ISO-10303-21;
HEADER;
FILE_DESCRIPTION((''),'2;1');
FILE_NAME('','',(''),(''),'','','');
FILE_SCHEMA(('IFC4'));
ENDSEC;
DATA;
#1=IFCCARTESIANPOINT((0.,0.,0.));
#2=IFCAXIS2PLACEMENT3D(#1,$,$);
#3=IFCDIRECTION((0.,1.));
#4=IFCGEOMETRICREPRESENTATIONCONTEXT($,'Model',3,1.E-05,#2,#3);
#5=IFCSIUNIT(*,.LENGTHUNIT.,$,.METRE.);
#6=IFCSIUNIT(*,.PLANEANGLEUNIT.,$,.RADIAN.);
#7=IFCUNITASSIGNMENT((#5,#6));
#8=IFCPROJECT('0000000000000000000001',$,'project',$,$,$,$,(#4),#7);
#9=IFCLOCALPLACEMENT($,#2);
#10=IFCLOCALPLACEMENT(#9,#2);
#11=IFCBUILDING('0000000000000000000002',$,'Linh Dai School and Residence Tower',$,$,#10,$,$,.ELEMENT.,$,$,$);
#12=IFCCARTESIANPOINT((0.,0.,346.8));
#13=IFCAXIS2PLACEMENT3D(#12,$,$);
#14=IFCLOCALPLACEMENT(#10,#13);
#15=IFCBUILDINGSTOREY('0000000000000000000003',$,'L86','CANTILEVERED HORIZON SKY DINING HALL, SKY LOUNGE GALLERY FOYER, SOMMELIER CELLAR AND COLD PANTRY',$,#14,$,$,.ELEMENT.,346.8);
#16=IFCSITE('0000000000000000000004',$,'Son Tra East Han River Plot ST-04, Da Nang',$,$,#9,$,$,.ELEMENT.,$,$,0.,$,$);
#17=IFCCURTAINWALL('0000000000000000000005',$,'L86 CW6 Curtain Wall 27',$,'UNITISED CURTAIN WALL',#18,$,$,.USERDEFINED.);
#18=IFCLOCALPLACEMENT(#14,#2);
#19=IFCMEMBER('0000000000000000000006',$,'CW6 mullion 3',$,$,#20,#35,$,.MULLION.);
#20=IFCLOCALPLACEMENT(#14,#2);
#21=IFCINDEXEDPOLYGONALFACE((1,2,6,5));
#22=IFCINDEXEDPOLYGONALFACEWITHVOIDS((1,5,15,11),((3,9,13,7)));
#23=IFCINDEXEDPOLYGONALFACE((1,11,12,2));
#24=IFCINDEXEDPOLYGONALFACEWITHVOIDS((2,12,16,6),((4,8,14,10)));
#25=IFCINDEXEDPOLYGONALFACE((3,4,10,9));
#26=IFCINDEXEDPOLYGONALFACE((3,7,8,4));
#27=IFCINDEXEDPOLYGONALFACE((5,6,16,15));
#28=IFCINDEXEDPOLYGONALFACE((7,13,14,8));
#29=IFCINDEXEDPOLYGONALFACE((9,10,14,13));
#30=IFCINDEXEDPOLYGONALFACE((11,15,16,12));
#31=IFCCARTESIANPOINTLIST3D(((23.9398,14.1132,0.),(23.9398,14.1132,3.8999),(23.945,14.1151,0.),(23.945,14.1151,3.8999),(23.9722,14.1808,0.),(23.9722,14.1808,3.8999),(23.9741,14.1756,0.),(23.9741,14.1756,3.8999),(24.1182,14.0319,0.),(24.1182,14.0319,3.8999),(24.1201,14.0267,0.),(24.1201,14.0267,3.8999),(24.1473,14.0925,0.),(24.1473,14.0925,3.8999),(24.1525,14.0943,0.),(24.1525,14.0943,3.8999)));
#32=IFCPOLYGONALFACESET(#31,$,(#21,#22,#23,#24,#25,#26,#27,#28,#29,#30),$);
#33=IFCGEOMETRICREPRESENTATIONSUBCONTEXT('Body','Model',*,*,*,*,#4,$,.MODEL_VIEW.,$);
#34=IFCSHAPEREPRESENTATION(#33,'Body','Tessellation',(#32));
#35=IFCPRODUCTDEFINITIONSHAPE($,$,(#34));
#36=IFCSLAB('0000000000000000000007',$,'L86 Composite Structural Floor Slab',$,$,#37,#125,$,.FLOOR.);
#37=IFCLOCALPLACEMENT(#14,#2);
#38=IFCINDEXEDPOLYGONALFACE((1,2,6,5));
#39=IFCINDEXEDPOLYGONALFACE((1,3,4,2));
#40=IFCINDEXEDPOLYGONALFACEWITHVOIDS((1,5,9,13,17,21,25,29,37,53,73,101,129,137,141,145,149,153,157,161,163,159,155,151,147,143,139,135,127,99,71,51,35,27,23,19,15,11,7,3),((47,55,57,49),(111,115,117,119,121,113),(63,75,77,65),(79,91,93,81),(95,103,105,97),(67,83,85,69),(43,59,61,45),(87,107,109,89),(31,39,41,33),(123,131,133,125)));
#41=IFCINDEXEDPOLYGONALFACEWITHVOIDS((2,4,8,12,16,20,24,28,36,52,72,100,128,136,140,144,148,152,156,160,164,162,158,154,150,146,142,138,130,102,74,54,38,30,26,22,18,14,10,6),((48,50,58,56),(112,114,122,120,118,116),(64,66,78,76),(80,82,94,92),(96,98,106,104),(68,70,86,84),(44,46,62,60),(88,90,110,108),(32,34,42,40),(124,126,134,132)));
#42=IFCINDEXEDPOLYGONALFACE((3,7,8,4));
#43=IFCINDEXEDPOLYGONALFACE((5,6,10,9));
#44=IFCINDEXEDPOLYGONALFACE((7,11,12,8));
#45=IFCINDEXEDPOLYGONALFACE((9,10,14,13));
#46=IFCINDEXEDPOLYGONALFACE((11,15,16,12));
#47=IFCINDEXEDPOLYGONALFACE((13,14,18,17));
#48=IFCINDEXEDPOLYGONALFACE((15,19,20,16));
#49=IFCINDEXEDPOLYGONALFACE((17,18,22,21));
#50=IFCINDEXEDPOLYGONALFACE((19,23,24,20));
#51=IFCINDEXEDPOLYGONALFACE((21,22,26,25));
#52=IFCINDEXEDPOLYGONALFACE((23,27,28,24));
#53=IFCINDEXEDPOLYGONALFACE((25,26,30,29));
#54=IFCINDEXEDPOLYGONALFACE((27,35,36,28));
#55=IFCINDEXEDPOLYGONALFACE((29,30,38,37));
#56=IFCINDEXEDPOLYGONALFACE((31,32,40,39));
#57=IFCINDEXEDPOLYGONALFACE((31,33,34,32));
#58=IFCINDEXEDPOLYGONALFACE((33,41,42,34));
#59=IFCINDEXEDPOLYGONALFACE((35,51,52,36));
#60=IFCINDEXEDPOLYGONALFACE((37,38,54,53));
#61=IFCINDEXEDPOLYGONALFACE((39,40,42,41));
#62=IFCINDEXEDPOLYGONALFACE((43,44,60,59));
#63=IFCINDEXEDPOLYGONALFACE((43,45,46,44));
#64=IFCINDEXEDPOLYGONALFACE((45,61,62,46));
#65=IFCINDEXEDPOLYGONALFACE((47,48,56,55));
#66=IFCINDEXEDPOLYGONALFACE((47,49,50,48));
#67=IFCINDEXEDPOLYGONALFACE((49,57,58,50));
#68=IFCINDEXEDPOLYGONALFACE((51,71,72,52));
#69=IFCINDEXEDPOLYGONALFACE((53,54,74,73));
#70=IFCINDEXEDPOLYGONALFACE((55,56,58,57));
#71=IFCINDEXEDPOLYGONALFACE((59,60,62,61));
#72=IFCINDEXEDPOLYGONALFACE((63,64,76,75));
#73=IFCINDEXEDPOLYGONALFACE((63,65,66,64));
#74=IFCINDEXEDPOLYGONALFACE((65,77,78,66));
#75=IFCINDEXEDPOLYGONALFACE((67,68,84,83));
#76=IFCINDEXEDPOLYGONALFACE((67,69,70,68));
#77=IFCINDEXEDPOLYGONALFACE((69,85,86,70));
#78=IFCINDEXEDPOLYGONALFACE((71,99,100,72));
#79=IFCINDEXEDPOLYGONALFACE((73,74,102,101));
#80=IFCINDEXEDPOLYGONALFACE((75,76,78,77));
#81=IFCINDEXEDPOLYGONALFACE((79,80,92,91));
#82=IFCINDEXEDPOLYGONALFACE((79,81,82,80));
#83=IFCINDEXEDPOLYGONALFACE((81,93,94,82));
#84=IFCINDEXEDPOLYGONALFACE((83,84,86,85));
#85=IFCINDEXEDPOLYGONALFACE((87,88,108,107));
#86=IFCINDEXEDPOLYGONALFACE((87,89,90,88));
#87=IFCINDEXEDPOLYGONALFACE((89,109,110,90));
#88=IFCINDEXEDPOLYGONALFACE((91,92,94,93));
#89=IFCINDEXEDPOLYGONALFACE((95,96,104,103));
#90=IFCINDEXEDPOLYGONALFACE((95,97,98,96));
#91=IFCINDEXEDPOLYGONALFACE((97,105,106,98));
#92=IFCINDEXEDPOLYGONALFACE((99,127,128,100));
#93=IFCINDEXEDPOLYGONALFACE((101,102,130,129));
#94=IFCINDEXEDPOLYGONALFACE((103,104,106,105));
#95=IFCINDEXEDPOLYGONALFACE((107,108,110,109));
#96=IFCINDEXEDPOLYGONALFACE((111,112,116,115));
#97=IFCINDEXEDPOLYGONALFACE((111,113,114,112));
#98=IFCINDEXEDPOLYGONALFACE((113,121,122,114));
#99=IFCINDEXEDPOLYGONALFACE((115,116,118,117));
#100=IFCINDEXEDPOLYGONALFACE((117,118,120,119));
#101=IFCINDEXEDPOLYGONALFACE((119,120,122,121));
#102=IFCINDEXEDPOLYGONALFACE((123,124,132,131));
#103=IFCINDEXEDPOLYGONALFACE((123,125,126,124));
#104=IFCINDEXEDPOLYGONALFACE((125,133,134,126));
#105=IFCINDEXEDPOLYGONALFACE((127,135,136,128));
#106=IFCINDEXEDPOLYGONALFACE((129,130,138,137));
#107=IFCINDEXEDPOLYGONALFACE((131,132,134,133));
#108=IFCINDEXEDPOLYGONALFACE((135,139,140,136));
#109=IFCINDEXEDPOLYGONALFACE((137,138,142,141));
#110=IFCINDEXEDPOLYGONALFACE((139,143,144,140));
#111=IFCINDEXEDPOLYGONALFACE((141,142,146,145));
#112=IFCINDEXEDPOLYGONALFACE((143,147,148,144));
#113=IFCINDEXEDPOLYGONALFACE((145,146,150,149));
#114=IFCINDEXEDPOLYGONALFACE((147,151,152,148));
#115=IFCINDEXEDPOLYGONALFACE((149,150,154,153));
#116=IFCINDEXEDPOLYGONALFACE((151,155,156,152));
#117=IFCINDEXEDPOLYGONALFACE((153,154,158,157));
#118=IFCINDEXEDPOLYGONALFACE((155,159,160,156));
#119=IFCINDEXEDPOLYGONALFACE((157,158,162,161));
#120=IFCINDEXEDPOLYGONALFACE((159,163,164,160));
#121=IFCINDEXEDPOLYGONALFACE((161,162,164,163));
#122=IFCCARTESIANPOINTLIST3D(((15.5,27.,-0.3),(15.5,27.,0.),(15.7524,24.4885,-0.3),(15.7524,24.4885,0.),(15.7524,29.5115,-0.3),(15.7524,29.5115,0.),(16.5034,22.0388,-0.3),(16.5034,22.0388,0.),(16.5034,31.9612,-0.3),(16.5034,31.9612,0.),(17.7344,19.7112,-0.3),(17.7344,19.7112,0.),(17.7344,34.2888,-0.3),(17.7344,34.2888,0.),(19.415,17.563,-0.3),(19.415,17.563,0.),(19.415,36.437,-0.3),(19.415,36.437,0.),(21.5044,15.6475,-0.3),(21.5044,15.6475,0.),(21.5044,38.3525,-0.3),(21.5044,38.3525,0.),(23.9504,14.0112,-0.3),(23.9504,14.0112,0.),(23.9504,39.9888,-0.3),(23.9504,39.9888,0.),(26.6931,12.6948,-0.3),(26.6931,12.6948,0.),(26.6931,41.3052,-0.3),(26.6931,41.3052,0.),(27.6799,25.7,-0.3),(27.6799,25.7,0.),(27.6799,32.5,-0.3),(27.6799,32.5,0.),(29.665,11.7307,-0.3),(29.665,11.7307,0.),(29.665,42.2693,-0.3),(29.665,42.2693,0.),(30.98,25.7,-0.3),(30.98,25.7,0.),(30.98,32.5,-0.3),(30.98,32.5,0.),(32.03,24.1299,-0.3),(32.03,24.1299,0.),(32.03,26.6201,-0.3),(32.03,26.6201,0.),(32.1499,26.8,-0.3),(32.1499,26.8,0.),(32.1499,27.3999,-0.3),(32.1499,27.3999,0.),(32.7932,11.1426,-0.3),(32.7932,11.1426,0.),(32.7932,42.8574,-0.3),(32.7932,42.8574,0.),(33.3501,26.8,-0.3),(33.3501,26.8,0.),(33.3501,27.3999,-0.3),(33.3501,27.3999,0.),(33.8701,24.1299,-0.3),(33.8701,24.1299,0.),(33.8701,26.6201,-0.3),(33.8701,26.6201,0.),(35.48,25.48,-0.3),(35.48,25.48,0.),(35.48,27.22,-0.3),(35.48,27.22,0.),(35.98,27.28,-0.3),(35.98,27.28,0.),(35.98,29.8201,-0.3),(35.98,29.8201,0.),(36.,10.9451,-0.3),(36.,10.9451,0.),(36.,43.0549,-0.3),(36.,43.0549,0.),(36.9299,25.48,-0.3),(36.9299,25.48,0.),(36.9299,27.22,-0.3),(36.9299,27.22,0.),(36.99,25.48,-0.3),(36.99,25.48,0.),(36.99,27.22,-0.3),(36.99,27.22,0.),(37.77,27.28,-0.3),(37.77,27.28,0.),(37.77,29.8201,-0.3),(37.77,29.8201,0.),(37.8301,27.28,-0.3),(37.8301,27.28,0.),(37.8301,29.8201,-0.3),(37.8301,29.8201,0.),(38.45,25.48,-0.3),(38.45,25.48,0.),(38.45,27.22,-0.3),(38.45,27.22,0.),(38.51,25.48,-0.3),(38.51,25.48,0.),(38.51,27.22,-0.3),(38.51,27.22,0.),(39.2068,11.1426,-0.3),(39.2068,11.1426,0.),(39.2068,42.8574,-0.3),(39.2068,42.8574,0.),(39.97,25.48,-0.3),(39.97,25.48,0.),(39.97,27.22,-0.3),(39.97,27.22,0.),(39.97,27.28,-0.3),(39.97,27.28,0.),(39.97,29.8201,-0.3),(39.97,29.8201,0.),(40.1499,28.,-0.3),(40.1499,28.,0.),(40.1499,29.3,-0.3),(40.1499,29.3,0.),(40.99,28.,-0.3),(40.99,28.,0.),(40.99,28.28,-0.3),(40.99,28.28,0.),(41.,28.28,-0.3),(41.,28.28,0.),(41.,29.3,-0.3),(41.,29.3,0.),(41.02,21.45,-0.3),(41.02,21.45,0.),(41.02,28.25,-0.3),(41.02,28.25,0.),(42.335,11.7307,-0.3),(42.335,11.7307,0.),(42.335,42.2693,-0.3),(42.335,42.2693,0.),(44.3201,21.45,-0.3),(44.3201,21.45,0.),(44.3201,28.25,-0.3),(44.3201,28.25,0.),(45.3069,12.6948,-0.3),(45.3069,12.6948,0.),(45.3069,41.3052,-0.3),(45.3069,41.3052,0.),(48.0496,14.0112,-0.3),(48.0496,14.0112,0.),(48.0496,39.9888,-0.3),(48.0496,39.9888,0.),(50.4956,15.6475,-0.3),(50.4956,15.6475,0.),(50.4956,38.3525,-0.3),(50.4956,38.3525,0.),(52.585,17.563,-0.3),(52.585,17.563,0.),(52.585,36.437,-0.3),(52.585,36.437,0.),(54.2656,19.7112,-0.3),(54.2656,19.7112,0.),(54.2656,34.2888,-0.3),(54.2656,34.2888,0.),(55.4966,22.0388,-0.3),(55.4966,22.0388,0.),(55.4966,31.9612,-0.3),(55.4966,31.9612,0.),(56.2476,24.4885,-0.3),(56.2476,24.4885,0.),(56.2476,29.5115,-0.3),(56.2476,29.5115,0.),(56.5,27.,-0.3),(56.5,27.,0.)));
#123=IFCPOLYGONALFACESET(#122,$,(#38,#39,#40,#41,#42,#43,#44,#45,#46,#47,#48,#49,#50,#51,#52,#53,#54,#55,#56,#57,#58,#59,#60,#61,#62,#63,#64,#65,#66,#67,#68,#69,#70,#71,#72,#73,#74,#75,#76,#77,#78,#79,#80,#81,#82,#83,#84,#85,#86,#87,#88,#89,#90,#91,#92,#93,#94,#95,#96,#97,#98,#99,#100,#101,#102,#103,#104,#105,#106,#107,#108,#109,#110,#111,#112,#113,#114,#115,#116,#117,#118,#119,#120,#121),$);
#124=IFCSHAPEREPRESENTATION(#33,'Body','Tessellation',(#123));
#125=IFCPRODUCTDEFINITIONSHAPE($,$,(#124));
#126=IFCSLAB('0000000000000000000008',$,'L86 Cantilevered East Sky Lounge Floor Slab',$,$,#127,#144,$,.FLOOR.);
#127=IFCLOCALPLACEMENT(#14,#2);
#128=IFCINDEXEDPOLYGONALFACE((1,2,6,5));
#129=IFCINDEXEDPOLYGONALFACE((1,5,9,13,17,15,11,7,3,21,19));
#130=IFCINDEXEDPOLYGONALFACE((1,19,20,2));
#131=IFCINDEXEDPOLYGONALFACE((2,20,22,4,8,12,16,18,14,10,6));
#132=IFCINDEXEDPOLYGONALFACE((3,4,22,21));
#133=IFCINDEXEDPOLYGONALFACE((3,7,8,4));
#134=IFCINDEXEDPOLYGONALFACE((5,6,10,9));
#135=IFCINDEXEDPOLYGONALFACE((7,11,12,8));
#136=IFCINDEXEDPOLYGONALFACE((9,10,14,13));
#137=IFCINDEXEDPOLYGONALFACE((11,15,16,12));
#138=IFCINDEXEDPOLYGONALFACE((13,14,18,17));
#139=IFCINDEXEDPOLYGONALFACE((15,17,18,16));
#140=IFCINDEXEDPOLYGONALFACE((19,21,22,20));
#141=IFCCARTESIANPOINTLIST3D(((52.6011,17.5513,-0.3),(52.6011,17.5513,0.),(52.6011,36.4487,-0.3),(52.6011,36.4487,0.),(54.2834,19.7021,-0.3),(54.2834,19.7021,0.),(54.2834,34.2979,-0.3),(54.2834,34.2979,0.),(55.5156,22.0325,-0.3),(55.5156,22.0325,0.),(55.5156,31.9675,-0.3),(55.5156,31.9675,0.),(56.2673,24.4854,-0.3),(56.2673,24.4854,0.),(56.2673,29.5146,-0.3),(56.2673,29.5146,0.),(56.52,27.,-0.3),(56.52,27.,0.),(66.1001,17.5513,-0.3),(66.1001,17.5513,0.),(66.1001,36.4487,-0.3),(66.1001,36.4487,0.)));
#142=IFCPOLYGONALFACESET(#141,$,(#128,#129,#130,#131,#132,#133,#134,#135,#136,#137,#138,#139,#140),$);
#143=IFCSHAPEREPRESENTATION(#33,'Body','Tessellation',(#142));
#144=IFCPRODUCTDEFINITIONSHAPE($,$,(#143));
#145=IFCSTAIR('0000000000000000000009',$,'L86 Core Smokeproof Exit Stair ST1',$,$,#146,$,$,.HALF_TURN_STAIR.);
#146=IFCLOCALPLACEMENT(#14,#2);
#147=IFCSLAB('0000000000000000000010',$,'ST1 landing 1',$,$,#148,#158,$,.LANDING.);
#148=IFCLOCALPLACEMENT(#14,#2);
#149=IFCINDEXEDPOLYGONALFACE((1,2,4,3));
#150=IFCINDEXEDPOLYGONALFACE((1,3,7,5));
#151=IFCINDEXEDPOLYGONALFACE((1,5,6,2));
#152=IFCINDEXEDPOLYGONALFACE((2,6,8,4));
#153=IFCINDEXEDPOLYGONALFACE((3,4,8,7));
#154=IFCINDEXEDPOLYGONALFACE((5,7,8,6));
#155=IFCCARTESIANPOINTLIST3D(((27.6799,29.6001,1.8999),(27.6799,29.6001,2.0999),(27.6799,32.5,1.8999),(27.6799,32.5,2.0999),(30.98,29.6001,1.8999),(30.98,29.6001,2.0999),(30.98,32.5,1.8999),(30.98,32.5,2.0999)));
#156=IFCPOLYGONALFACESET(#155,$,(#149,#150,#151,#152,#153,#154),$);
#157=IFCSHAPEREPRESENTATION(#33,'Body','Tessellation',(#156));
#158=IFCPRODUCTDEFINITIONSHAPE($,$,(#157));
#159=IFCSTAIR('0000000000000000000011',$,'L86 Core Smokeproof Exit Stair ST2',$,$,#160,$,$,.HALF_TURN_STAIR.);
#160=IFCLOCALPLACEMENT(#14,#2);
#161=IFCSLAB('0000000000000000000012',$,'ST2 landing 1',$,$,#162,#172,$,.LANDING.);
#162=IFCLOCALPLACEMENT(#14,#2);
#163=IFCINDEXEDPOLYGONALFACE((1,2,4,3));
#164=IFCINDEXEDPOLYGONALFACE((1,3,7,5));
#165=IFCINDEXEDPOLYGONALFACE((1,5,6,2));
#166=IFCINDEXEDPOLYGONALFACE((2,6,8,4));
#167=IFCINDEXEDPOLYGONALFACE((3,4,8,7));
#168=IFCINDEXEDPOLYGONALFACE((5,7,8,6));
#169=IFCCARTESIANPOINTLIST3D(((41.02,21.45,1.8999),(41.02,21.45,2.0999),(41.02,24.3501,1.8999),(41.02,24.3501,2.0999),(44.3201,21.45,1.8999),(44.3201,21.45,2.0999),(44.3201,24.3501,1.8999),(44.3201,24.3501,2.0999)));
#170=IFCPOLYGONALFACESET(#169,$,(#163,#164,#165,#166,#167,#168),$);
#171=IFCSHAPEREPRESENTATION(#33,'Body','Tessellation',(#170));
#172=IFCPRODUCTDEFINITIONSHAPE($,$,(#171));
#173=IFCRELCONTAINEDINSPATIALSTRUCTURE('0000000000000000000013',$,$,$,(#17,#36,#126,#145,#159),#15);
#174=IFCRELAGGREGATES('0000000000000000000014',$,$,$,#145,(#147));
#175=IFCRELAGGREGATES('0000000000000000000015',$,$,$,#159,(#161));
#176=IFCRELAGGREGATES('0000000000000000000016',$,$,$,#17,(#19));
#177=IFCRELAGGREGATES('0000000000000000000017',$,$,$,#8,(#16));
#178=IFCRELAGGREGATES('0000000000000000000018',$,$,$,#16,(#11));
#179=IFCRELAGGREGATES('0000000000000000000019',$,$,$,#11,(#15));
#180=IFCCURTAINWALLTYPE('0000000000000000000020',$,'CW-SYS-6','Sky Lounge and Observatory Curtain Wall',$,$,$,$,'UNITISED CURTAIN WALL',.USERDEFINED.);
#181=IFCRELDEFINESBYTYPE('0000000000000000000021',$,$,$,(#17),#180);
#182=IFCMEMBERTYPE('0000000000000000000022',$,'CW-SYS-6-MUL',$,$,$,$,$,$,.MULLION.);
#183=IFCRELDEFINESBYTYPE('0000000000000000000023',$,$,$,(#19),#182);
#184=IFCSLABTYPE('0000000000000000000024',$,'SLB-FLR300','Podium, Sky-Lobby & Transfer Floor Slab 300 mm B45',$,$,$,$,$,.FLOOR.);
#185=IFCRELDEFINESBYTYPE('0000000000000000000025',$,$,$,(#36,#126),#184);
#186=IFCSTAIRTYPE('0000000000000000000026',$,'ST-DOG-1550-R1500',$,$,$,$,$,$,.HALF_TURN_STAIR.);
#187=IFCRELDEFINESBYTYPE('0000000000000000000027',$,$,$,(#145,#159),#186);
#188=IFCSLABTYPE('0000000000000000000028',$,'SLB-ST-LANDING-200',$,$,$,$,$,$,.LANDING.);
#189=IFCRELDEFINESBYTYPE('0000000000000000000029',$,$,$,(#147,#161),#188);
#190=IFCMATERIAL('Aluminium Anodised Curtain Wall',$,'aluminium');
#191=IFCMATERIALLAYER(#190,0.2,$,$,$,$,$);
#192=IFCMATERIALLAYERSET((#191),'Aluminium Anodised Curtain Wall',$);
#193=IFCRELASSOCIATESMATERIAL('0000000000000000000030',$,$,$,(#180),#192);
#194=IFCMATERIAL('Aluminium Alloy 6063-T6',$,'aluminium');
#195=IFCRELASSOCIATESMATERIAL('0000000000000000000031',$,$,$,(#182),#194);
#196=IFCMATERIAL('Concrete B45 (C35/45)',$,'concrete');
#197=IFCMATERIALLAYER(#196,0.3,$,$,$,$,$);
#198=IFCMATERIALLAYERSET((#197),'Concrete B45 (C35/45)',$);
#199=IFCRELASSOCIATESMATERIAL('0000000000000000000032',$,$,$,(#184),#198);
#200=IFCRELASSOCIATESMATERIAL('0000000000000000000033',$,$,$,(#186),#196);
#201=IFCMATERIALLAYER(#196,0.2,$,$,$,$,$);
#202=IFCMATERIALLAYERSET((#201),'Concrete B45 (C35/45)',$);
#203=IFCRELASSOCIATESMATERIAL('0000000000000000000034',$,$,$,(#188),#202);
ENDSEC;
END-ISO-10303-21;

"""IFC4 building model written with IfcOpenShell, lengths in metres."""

from ifc_helpers import new_model, si_unit, direction, frame, origin, origin_2d, place, context, subcontext, project, spatial, polyline, hollow_rectangle, outline, extrude, source, transform, mapped, material, layer, layer_set, material_profile, profile_set, type_object, element, aggregate, save


model = new_model("IFC4")

# Units and contexts
model_context = context("Model", 3, precision=1e-05, world=origin(), true_north=direction((0.0, 1.0)))
body_context = subcontext(model_context, "Body", "Model", "MODEL_VIEW")
ifc_project = project(units=[si_unit("LENGTHUNIT", "METRE"), si_unit("PLANEANGLEUNIT", "RADIAN")], contexts=[model_context])

# Site, building, storey
site_placement = place(None, origin())
site = spatial("IfcSite", under=ifc_project, at=site_placement, Name="Son Tra East Han River Plot ST-04, Da Nang", CompositionType="ELEMENT", RefElevation=0.0)
building_placement = place(site_placement, origin())
building = spatial("IfcBuilding", under=site, at=building_placement, Name="Linh Dai School and Residence Tower", CompositionType="ELEMENT")
storey_placement = place(building_placement, frame((0.0, 0.0, 346.8)))
storey = spatial("IfcBuildingStorey", under=building, at=storey_placement, Name="L86", Description="CANTILEVERED HORIZON SKY DINING HALL, SKY LOUNGE GALLERY FOYER, SOMMELIER CELLAR AND COLD PANTRY", CompositionType="ELEMENT", Elevation=346.8)

# Curtain wall, member
ifc_material_1 = material(Name="Aluminium Anodised Curtain Wall", Category="aluminium")
ifc_layer_1 = layer(ifc_material_1, 0.2)
ifc_layer_set_1 = layer_set([ifc_layer_1], Name="Aluminium Anodised Curtain Wall")
curtain_wall_type = type_object("IfcCurtainWallType", Name="CW-SYS-6", Description="Sky Lounge and Observatory Curtain Wall", ElementType="UNITISED CURTAIN WALL", PredefinedType="USERDEFINED", material=ifc_layer_set_1)
curtain_wall_placement = place(storey_placement, origin())
curtain_wall = element("IfcCurtainWall", 1, at=curtain_wall_placement, inside=storey, type_object=curtain_wall_type, Name="L86 CW6 Curtain Wall 27", ObjectType="UNITISED CURTAIN WALL", PredefinedType="USERDEFINED")
ifc_material_2 = material(Name="Aluminium Alloy 6063-T6", Category="aluminium")
ifc_material_profile = material_profile(ifc_material_2, hollow_rectangle(XDim=0.075, YDim=0.2, WallThickness=0.0039, at=origin_2d()), Name="RHS 200x75x4")
ifc_profile_set = profile_set([ifc_material_profile], Name="Aluminium Alloy 6063-T6")
member_type = type_object("IfcMemberType", Name="CW-SYS-6-MUL", PredefinedType="MULLION", material=ifc_profile_set)
shared_shape_1 = source(origin(), body_context, "Body", "SweptSolid", [
    extrude(hollow_rectangle(XDim=0.075, YDim=0.2, WallThickness=0.0039, at=origin_2d()), origin(), (0.0, 0.0, 1.0), 3.8999),
])
member_placement = place(storey_placement, frame((24.0461, 14.1038, 0.0), z_axis=(0.0, 0.0, 1.0), x_axis=(-0.432674, -0.901551, 0.0)))
member = element("IfcMember", 2, at=member_placement, type_object=member_type, Name="CW6 mullion 3", PredefinedType="MULLION", context=body_context, shape_type="MappedRepresentation", body=[
    mapped(shared_shape_1, transform((0.0, 0.0, 0.0), x_axis=(1.0, 0.0, 0.0), y_axis=(0.0, 1.0, 0.0), z_axis=(0.0, 0.0, 1.0), scale=1.0)),
])

# Slabs
ifc_material_3 = material(Name="Concrete B45 (C35/45)", Category="concrete")
ifc_layer_2 = layer(ifc_material_3, 0.3)
ifc_layer_set_2 = layer_set([ifc_layer_2], Name="Concrete B45 (C35/45)")
slab_type_1 = type_object("IfcSlabType", Name="SLB-FLR300", Description="Podium, Sky-Lobby & Transfer Floor Slab 300 mm B45", PredefinedType="FLOOR", material=ifc_layer_set_2)
slab_1_placement = place(storey_placement, frame((0.0, 0.0, -0.3)))
element("IfcSlab", 3, at=slab_1_placement, inside=storey, type_object=slab_type_1, Name="L86 Composite Structural Floor Slab", PredefinedType="FLOOR", context=body_context, shape_type="SweptSolid", body=[
    extrude(outline(polyline([(56.5, 27.0), (56.2476, 29.5115), (55.4966, 31.9612), (54.2656, 34.2888), (52.585, 36.437), (50.4956, 38.3525), (48.0496, 39.9888), (45.3069, 41.3052), (42.335, 42.2693), (39.2068, 42.8574), (36.0, 43.0549), (32.7932, 42.8574), (29.665, 42.2693), (26.6931, 41.3052), (23.9504, 39.9888), (21.5044, 38.3525), (19.415, 36.437), (17.7344, 34.2888), (16.5034, 31.9612), (15.7524, 29.5115), (15.5, 27.0), (15.7524, 24.4885), (16.5034, 22.0388), (17.7344, 19.7112), (19.415, 17.563), (21.5044, 15.6475), (23.9504, 14.0112), (26.6931, 12.6948), (29.665, 11.7307), (32.7932, 11.1426), (36.0, 10.9451), (39.2068, 11.1426), (42.335, 11.7307), (45.3069, 12.6948), (48.0496, 14.0112), (50.4956, 15.6475), (52.585, 17.563), (54.2656, 19.7112), (55.4966, 22.0388), (56.2476, 24.4885), (56.5, 27.0)]), holes=[polyline([(30.98, 25.7), (30.98, 32.5), (27.6799, 32.5), (27.6799, 25.7), (30.98, 25.7)]), polyline([(41.02, 28.25), (41.02, 21.45), (44.3201, 21.45), (44.3201, 28.25), (41.02, 28.25)]), polyline([(35.98, 27.28), (37.77, 27.28), (37.77, 29.8201), (35.98, 29.8201), (35.98, 27.28)]), polyline([(32.03, 24.1299), (33.8701, 24.1299), (33.8701, 26.6201), (32.03, 26.6201), (32.03, 24.1299)]), polyline([(37.8301, 27.28), (39.97, 27.28), (39.97, 29.8201), (37.8301, 29.8201), (37.8301, 27.28)]), polyline([(35.48, 25.48), (36.9299, 25.48), (36.9299, 27.22), (35.48, 27.22), (35.48, 25.48)]), polyline([(36.99, 25.48), (38.45, 25.48), (38.45, 27.22), (36.99, 27.22), (36.99, 25.48)]), polyline([(38.51, 25.48), (39.97, 25.48), (39.97, 27.22), (38.51, 27.22), (38.51, 25.48)]), polyline([(40.1499, 28.0), (40.1499, 29.3), (41.0, 29.3), (41.0, 28.28), (40.99, 28.28), (40.99, 28.0), (40.1499, 28.0)]), polyline([(32.1499, 26.8), (33.3501, 26.8), (33.3501, 27.3999), (32.1499, 27.3999), (32.1499, 26.8)])]), origin(), (0.0, 0.0, 1.0), 0.3),
])
slab_2_placement = place(storey_placement, frame((0.0, 0.0, -0.3)))
element("IfcSlab", 4, at=slab_2_placement, inside=storey, type_object=slab_type_1, Name="L86 Cantilevered East Sky Lounge Floor Slab", PredefinedType="FLOOR", context=body_context, shape_type="SweptSolid", body=[
    extrude(outline(polyline([(52.6011, 17.5513), (66.1001, 17.5513), (66.1001, 36.4487), (52.6011, 36.4487), (54.2834, 34.2979), (55.5156, 31.9675), (56.2673, 29.5146), (56.52, 27.0), (56.2673, 24.4854), (55.5156, 22.0325), (54.2834, 19.7021), (52.6011, 17.5513), (52.6011, 17.5513)])), origin(), (0.0, 0.0, 1.0), 0.3),
])

# Stairs, slabs
stair_type = type_object("IfcStairType", Name="ST-DOG-1550-R1500", PredefinedType="HALF_TURN_STAIR", material=ifc_material_3)
stair_1_placement = place(storey_placement, origin())
stair_1 = element("IfcStair", 5, at=stair_1_placement, inside=storey, type_object=stair_type, Name="L86 Core Smokeproof Exit Stair ST1", PredefinedType="HALF_TURN_STAIR")
ifc_layer_3 = layer(ifc_material_3, 0.2)
ifc_layer_set_3 = layer_set([ifc_layer_3], Name="Concrete B45 (C35/45)")
slab_type_2 = type_object("IfcSlabType", Name="SLB-ST-LANDING-200", PredefinedType="LANDING", material=ifc_layer_set_3)
slab_3_placement = place(storey_placement, frame((0.0, 0.0, 1.8999)))
slab_3 = element("IfcSlab", 6, at=slab_3_placement, type_object=slab_type_2, Name="ST1 landing 1", PredefinedType="LANDING", context=body_context, shape_type="SweptSolid", body=[
    extrude(outline(polyline([(30.98, 29.6001), (30.98, 32.5), (27.6799, 32.5), (27.6799, 29.6001), (30.98, 29.6001)])), origin(), (0.0, 0.0, 1.0), 0.2),
])
aggregate(stair_1, [slab_3])
stair_2_placement = place(storey_placement, origin())
stair_2 = element("IfcStair", 7, at=stair_2_placement, inside=storey, type_object=stair_type, Name="L86 Core Smokeproof Exit Stair ST2", PredefinedType="HALF_TURN_STAIR")
slab_4_placement = place(storey_placement, frame((0.0, 0.0, 1.8999)))
slab_4 = element("IfcSlab", 8, at=slab_4_placement, type_object=slab_type_2, Name="ST2 landing 1", PredefinedType="LANDING", context=body_context, shape_type="SweptSolid", body=[
    extrude(outline(polyline([(41.02, 24.3501), (41.02, 21.45), (44.3201, 21.45), (44.3201, 24.3501), (41.02, 24.3501)])), origin(), (0.0, 0.0, 1.0), 0.2),
])
aggregate(stair_2, [slab_4])

aggregate(curtain_wall, [member])

save(model, "model.ifc")
